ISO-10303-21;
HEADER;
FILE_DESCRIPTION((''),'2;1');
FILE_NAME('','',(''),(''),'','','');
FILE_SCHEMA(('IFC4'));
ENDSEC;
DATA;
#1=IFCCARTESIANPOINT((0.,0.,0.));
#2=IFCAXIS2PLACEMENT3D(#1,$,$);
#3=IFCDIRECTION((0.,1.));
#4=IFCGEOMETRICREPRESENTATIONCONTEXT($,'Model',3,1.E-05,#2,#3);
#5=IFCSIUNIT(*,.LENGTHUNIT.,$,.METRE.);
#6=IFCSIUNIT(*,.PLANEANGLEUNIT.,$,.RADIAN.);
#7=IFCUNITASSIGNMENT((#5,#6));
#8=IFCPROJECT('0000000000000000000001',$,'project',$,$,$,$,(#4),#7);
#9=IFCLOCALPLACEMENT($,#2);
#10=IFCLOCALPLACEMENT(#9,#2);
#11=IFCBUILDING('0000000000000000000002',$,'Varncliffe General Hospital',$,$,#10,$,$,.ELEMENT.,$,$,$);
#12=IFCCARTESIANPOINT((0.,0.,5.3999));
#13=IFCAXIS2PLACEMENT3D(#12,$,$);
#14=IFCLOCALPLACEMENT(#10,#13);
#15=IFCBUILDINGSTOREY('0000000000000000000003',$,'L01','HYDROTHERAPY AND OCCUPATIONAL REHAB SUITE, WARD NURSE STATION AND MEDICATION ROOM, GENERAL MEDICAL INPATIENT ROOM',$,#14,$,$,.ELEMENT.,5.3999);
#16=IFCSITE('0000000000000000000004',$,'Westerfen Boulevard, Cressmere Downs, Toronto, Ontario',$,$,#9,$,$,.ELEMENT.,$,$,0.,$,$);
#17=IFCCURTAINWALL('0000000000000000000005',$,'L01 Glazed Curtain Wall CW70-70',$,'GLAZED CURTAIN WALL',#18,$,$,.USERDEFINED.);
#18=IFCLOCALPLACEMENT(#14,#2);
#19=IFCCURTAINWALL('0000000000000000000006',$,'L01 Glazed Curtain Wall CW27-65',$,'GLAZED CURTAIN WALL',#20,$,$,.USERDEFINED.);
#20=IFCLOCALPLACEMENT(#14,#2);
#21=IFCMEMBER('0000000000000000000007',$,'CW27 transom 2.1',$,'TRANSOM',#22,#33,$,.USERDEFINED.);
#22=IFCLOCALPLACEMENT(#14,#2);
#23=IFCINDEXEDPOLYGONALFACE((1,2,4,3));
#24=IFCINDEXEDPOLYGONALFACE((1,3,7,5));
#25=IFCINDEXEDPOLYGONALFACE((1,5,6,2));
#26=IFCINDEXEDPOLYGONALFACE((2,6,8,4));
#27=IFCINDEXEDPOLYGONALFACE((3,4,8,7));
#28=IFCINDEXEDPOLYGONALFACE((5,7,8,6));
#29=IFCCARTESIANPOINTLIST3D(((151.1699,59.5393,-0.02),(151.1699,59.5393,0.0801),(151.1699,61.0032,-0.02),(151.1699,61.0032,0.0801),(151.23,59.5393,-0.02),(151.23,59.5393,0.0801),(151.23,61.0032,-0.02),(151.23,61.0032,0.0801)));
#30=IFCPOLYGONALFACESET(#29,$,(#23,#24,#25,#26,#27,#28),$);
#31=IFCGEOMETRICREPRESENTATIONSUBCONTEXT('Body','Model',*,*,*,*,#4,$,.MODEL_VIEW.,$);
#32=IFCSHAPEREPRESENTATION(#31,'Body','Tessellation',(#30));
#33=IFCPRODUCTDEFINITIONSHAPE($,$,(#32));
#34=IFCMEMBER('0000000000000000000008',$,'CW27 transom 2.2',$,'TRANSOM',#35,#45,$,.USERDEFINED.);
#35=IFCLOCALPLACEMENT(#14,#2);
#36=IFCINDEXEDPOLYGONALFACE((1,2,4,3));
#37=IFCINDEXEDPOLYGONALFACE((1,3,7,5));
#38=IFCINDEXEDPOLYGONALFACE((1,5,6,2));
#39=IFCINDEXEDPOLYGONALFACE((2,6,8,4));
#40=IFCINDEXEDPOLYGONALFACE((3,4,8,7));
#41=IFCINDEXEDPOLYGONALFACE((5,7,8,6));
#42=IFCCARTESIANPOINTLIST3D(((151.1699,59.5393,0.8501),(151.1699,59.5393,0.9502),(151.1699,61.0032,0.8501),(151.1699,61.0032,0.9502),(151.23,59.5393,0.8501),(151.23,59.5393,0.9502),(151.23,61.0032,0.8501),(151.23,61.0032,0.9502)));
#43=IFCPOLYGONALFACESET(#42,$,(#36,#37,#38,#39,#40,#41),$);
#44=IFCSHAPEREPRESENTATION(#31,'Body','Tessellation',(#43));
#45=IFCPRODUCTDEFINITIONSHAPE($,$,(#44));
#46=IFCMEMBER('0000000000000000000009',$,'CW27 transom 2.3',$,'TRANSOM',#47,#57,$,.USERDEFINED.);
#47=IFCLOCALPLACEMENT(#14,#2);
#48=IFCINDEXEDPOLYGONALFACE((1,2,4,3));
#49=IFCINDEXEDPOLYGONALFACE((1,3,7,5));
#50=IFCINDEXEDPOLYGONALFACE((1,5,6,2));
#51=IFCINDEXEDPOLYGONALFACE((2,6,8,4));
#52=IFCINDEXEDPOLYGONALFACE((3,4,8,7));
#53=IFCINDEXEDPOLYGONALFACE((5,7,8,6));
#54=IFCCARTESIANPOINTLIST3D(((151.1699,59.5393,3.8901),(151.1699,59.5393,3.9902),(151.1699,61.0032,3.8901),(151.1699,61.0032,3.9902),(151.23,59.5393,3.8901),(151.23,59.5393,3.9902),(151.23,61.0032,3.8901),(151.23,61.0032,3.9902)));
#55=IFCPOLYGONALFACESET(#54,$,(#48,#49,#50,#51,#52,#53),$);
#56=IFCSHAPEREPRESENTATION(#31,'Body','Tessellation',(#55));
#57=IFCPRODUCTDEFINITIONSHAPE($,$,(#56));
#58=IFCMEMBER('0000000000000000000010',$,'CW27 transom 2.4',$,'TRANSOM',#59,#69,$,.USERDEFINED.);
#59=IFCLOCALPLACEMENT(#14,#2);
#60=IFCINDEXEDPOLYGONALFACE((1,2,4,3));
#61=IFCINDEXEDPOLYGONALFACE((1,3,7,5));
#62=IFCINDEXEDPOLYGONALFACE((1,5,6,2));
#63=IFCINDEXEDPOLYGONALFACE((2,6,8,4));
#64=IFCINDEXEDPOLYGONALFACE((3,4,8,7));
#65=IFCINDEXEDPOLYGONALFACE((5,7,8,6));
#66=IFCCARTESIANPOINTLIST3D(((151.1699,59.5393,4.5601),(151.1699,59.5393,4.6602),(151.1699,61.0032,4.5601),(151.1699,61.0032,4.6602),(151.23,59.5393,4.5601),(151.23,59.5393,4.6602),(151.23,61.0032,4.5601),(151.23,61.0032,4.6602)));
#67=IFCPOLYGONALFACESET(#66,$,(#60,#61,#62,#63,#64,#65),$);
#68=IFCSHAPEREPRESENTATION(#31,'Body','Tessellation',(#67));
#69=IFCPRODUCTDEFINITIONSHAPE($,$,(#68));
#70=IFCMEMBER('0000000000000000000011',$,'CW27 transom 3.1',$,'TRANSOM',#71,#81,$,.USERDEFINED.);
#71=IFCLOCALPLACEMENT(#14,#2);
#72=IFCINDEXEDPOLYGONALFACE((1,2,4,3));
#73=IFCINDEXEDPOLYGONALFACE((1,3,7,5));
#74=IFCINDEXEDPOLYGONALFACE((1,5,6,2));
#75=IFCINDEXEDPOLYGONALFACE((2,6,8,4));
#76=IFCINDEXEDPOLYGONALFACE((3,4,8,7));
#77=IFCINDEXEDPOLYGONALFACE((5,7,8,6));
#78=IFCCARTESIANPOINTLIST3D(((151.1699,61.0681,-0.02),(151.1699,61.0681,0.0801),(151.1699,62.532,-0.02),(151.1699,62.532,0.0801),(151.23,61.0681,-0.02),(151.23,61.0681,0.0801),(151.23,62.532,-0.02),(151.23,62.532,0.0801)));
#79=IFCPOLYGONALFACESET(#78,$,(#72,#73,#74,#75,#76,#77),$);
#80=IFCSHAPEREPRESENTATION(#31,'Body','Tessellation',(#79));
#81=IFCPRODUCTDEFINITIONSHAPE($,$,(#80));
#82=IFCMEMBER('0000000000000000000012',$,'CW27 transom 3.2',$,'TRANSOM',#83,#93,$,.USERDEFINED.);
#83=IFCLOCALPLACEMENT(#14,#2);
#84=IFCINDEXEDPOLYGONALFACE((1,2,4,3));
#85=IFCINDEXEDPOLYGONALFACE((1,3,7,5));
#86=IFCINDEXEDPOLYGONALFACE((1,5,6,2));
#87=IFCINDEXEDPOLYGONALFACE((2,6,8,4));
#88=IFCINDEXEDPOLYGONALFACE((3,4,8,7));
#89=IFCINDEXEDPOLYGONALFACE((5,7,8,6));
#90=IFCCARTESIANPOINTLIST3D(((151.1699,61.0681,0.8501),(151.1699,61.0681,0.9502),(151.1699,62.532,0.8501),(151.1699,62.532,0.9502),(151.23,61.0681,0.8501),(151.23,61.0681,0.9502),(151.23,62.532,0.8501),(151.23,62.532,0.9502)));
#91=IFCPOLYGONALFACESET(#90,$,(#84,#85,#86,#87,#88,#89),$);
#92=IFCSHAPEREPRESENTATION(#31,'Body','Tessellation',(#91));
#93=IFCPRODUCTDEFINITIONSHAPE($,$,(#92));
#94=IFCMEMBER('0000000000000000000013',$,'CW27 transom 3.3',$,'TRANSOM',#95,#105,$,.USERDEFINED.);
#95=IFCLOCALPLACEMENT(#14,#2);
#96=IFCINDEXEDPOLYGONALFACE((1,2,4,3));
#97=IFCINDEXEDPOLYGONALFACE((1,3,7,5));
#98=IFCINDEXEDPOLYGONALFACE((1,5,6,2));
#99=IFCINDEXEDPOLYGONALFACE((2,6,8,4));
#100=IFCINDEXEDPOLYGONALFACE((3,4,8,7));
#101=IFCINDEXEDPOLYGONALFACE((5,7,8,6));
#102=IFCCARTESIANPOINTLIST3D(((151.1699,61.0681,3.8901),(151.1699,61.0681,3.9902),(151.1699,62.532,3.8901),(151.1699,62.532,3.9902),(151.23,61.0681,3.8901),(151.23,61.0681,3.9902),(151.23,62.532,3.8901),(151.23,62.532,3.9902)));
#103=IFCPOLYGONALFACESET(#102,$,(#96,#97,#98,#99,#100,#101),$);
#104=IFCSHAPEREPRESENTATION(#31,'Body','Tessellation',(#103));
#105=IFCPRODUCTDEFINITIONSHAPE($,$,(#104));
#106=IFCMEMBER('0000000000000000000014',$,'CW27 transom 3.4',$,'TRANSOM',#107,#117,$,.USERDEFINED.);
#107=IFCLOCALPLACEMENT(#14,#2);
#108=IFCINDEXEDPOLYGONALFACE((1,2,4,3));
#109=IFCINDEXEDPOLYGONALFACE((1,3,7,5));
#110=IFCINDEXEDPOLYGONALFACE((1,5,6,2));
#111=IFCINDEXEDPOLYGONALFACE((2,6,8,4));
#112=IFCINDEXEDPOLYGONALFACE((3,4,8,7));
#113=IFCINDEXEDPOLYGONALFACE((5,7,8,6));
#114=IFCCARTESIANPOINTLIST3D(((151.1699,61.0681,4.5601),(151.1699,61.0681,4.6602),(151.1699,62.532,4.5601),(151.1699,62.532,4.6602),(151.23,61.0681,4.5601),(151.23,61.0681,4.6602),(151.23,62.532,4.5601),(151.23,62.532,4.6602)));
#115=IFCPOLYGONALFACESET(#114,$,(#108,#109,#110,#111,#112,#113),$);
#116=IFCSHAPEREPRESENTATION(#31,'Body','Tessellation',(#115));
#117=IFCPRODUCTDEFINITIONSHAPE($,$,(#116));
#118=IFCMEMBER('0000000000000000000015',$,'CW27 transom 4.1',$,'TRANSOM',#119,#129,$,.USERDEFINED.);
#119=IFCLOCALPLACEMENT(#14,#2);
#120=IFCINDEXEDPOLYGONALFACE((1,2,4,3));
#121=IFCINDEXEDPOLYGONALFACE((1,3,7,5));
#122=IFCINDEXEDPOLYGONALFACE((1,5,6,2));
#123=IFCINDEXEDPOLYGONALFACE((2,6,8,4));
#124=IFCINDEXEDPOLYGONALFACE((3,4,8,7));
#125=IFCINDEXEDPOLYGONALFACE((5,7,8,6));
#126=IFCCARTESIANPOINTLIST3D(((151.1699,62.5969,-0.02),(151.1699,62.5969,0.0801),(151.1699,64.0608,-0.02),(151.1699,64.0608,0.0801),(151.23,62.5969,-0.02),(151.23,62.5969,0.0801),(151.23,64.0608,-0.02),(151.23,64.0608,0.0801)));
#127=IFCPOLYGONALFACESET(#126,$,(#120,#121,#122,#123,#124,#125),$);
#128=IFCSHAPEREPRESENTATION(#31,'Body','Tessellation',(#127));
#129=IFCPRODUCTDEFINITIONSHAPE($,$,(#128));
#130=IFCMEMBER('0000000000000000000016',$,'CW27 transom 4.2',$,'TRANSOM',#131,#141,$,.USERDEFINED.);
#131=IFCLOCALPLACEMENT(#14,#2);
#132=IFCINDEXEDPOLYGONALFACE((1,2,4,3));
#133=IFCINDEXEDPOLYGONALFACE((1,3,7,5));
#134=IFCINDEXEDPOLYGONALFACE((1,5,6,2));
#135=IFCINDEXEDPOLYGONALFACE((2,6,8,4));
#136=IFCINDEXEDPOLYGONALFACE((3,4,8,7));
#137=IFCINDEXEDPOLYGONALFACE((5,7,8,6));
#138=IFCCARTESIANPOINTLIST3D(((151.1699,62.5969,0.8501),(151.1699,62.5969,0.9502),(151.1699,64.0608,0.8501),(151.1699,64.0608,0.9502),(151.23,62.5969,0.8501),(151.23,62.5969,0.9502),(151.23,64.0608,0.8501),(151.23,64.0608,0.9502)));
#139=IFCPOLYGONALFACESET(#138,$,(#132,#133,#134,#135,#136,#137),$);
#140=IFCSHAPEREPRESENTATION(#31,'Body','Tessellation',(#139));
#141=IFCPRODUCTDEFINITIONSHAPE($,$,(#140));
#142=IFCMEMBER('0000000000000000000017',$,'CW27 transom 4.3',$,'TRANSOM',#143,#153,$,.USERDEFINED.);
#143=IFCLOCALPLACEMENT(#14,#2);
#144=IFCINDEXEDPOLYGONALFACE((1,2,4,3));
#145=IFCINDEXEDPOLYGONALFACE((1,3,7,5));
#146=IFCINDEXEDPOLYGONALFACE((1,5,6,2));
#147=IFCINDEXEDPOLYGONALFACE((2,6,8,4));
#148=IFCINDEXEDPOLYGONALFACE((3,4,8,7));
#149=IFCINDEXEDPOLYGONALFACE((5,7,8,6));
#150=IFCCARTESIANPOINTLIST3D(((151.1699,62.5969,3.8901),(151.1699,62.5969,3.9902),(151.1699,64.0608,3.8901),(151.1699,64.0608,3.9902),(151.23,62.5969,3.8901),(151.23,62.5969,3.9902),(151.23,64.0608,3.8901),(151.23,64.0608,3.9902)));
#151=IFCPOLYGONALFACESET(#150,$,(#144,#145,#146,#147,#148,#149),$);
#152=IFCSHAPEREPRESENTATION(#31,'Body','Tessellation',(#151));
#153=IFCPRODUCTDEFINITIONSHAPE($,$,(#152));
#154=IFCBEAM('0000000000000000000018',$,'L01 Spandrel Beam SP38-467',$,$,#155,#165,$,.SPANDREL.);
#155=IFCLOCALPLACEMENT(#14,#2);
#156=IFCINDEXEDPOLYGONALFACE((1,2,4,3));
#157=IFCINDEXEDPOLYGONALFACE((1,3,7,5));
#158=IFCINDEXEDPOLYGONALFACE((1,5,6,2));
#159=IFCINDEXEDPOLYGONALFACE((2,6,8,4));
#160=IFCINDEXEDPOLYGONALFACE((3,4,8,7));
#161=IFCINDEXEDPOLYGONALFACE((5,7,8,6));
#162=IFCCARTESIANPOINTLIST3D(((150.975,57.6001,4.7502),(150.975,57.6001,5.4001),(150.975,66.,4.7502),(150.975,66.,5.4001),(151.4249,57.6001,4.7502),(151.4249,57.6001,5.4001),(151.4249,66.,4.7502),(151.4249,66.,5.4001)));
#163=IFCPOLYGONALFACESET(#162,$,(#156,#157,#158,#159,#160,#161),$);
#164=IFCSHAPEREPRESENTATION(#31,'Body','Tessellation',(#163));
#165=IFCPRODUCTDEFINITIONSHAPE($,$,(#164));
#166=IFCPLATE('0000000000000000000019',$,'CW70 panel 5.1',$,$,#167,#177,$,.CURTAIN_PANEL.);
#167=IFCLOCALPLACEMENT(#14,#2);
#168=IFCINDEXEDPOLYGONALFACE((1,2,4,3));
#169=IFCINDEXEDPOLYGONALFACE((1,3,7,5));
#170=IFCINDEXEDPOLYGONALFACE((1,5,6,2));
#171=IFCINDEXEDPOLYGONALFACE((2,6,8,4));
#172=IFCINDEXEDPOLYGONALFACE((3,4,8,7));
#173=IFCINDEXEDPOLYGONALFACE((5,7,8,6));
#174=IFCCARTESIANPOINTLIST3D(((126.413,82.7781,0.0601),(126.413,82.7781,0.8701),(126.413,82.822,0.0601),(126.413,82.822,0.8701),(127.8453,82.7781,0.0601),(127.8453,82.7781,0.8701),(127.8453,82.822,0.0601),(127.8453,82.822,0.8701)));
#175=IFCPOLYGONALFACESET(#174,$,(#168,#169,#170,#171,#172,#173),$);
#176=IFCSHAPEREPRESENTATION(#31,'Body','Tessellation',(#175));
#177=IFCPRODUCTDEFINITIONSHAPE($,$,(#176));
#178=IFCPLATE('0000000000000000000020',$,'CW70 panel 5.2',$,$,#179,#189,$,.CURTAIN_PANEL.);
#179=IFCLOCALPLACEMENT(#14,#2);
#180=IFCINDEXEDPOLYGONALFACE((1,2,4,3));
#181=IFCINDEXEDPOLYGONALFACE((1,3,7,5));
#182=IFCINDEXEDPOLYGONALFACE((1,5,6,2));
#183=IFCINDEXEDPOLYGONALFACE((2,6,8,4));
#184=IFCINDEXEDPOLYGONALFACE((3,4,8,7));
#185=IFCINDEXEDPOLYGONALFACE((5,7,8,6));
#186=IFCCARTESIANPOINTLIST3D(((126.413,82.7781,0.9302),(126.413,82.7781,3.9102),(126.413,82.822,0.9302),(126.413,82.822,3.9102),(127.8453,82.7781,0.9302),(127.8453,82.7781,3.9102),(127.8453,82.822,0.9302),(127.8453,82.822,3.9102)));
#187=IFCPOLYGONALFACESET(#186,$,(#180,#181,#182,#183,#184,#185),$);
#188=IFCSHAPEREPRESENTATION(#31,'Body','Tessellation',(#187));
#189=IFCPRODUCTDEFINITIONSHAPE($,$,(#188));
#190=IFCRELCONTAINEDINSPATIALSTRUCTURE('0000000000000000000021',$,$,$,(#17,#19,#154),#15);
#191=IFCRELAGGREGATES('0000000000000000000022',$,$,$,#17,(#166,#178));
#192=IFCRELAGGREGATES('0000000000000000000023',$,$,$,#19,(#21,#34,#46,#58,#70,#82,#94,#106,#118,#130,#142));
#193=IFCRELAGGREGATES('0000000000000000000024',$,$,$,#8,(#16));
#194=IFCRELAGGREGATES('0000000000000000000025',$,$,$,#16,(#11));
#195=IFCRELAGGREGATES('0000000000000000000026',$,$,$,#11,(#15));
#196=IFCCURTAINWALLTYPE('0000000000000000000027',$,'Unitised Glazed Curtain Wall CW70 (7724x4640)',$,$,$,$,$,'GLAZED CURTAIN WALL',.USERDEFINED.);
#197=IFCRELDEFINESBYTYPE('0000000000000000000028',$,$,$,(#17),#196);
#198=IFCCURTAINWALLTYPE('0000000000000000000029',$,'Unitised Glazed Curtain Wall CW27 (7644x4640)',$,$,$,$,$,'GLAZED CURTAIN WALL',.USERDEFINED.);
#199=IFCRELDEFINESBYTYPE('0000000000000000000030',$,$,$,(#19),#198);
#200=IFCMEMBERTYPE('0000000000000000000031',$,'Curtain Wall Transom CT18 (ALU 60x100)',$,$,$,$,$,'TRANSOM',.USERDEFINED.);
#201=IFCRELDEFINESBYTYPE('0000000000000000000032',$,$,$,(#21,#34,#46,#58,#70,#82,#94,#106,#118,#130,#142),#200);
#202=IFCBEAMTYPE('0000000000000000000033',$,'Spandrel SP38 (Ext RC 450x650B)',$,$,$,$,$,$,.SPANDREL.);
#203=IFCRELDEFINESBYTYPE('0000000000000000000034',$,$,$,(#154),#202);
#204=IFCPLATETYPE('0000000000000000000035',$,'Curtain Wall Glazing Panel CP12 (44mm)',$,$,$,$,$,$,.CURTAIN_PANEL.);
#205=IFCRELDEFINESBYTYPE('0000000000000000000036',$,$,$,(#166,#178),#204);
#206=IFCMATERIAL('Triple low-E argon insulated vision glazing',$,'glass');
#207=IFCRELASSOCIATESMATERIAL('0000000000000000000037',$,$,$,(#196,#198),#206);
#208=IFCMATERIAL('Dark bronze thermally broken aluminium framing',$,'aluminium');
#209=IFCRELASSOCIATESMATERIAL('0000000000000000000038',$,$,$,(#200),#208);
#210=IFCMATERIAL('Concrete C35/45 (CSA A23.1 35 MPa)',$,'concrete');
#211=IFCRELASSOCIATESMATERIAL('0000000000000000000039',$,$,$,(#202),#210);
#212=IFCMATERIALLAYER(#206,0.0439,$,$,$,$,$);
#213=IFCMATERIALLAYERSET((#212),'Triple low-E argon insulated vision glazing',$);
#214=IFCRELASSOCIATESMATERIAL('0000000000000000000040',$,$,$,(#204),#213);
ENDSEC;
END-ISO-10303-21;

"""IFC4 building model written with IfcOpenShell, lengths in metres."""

from ifc_helpers import new_model, si_unit, direction, frame, origin, origin_2d, place, context, subcontext, project, spatial, rectangle, extrude, material, layer, layer_set, material_profile, profile_set, type_object, element, aggregate, save


model = new_model("IFC4")

# Units and contexts
model_context = context("Model", 3, precision=1e-05, world=origin(), true_north=direction((0.0, 1.0)))
body_context = subcontext(model_context, "Body", "Model", "MODEL_VIEW")
ifc_project = project(units=[si_unit("LENGTHUNIT", "METRE"), si_unit("PLANEANGLEUNIT", "RADIAN")], contexts=[model_context])

# Site, building, storey
site_placement = place(None, origin())
site = spatial("IfcSite", under=ifc_project, at=site_placement, Name="Westerfen Boulevard, Cressmere Downs, Toronto, Ontario", CompositionType="ELEMENT", RefElevation=0.0)
building_placement = place(site_placement, origin())
building = spatial("IfcBuilding", under=site, at=building_placement, Name="Varncliffe General Hospital", CompositionType="ELEMENT")
storey_placement = place(building_placement, frame((0.0, 0.0, 5.3999)))
storey = spatial("IfcBuildingStorey", under=building, at=storey_placement, Name="L01", Description="HYDROTHERAPY AND OCCUPATIONAL REHAB SUITE, WARD NURSE STATION AND MEDICATION ROOM, GENERAL MEDICAL INPATIENT ROOM", CompositionType="ELEMENT", Elevation=5.3999)

# Shared definitions
ifc_material_1 = material(Name="Concrete C35/45 (CSA A23.1 35 MPa)", Category="concrete")

# Curtain wall
ifc_material_2 = material(Name="Triple low-E argon insulated vision glazing", Category="glass")
curtain_wall_type_1 = type_object("IfcCurtainWallType", Name="Unitised Glazed Curtain Wall CW70 (7724x4640)", ElementType="GLAZED CURTAIN WALL", PredefinedType="USERDEFINED", material=ifc_material_2)
curtain_wall_1_placement = place(storey_placement, origin())
curtain_wall_1 = element("IfcCurtainWall", 1, at=curtain_wall_1_placement, inside=storey, type_object=curtain_wall_type_1, Name="L01 Glazed Curtain Wall CW70-70", ObjectType="GLAZED CURTAIN WALL", PredefinedType="USERDEFINED")
ifc_material_3 = material(Name="Dark bronze thermally broken aluminium framing", Category="aluminium")

# Curtain wall
curtain_wall_type_2 = type_object("IfcCurtainWallType", Name="Unitised Glazed Curtain Wall CW27 (7644x4640)", ElementType="GLAZED CURTAIN WALL", PredefinedType="USERDEFINED", material=ifc_material_2)
curtain_wall_2_placement = place(storey_placement, origin())
curtain_wall_2 = element("IfcCurtainWall", 2, at=curtain_wall_2_placement, inside=storey, type_object=curtain_wall_type_2, Name="L01 Glazed Curtain Wall CW27-65", ObjectType="GLAZED CURTAIN WALL", PredefinedType="USERDEFINED")

# Members
ifc_material_profile_1 = material_profile(ifc_material_3, rectangle(XDim=0.0601, YDim=0.1001, at=origin_2d()), Name="ALU 60x100")
ifc_profile_set_1 = profile_set([ifc_material_profile_1], Name="Dark bronze thermally broken aluminium framing")
member_type_1 = type_object("IfcMemberType", Name="Curtain Wall Transom CT18 (ALU 60x100)", ElementType="TRANSOM", PredefinedType="USERDEFINED", material=ifc_profile_set_1)
member_1_placement = place(storey_placement, frame((151.2, 59.5393, 0.03), z_axis=(0.0, 1.0, 0.0), x_axis=(-1.0, 0.0, 0.0)))
member_1 = element("IfcMember", 3, at=member_1_placement, type_object=member_type_1, Name="CW27 transom 2.1", ObjectType="TRANSOM", PredefinedType="USERDEFINED", context=body_context, shape_type="SweptSolid", body=[
    extrude(rectangle(XDim=0.0601, YDim=0.1001, at=origin_2d()), origin(), (0.0, 0.0, 1.0), 1.4639),
])
member_2_placement = place(storey_placement, frame((151.2, 59.5393, 0.9001), z_axis=(0.0, 1.0, 0.0), x_axis=(-1.0, 0.0, 0.0)))
member_2 = element("IfcMember", 4, at=member_2_placement, type_object=member_type_1, Name="CW27 transom 2.2", ObjectType="TRANSOM", PredefinedType="USERDEFINED", context=body_context, shape_type="SweptSolid", body=[
    extrude(rectangle(XDim=0.0601, YDim=0.1001, at=origin_2d()), origin(), (0.0, 0.0, 1.0), 1.4639),
])
member_3_placement = place(storey_placement, frame((151.2, 59.5393, 3.9402), z_axis=(0.0, 1.0, 0.0), x_axis=(-1.0, 0.0, 0.0)))
member_3 = element("IfcMember", 5, at=member_3_placement, type_object=member_type_1, Name="CW27 transom 2.3", ObjectType="TRANSOM", PredefinedType="USERDEFINED", context=body_context, shape_type="SweptSolid", body=[
    extrude(rectangle(XDim=0.0601, YDim=0.1001, at=origin_2d()), origin(), (0.0, 0.0, 1.0), 1.4639),
])
member_4_placement = place(storey_placement, frame((151.2, 59.5393, 4.6101), z_axis=(0.0, 1.0, 0.0), x_axis=(-1.0, 0.0, 0.0)))
member_4 = element("IfcMember", 6, at=member_4_placement, type_object=member_type_1, Name="CW27 transom 2.4", ObjectType="TRANSOM", PredefinedType="USERDEFINED", context=body_context, shape_type="SweptSolid", body=[
    extrude(rectangle(XDim=0.0601, YDim=0.1001, at=origin_2d()), origin(), (0.0, 0.0, 1.0), 1.4639),
])
member_5_placement = place(storey_placement, frame((151.2, 61.0681, 0.03), z_axis=(0.0, 1.0, 0.0), x_axis=(-1.0, 0.0, 0.0)))
member_5 = element("IfcMember", 7, at=member_5_placement, type_object=member_type_1, Name="CW27 transom 3.1", ObjectType="TRANSOM", PredefinedType="USERDEFINED", context=body_context, shape_type="SweptSolid", body=[
    extrude(rectangle(XDim=0.0601, YDim=0.1001, at=origin_2d()), origin(), (0.0, 0.0, 1.0), 1.4639),
])
member_6_placement = place(storey_placement, frame((151.2, 61.0681, 0.9001), z_axis=(0.0, 1.0, 0.0), x_axis=(-1.0, 0.0, 0.0)))
member_6 = element("IfcMember", 8, at=member_6_placement, type_object=member_type_1, Name="CW27 transom 3.2", ObjectType="TRANSOM", PredefinedType="USERDEFINED", context=body_context, shape_type="SweptSolid", body=[
    extrude(rectangle(XDim=0.0601, YDim=0.1001, at=origin_2d()), origin(), (0.0, 0.0, 1.0), 1.4639),
])
member_7_placement = place(storey_placement, frame((151.2, 61.0681, 3.9402), z_axis=(0.0, 1.0, 0.0), x_axis=(-1.0, 0.0, 0.0)))
member_7 = element("IfcMember", 9, at=member_7_placement, type_object=member_type_1, Name="CW27 transom 3.3", ObjectType="TRANSOM", PredefinedType="USERDEFINED", context=body_context, shape_type="SweptSolid", body=[
    extrude(rectangle(XDim=0.0601, YDim=0.1001, at=origin_2d()), origin(), (0.0, 0.0, 1.0), 1.4639),
])
member_8_placement = place(storey_placement, frame((151.2, 61.0681, 4.6101), z_axis=(0.0, 1.0, 0.0), x_axis=(-1.0, 0.0, 0.0)))
member_8 = element("IfcMember", 10, at=member_8_placement, type_object=member_type_1, Name="CW27 transom 3.4", ObjectType="TRANSOM", PredefinedType="USERDEFINED", context=body_context, shape_type="SweptSolid", body=[
    extrude(rectangle(XDim=0.0601, YDim=0.1001, at=origin_2d()), origin(), (0.0, 0.0, 1.0), 1.4639),
])
member_9_placement = place(storey_placement, frame((151.2, 62.5969, 0.03), z_axis=(0.0, 1.0, 0.0), x_axis=(-1.0, 0.0, 0.0)))
member_9 = element("IfcMember", 11, at=member_9_placement, type_object=member_type_1, Name="CW27 transom 4.1", ObjectType="TRANSOM", PredefinedType="USERDEFINED", context=body_context, shape_type="SweptSolid", body=[
    extrude(rectangle(XDim=0.0601, YDim=0.1001, at=origin_2d()), origin(), (0.0, 0.0, 1.0), 1.4639),
])
member_10_placement = place(storey_placement, frame((151.2, 62.5969, 0.9001), z_axis=(0.0, 1.0, 0.0), x_axis=(-1.0, 0.0, 0.0)))
member_10 = element("IfcMember", 12, at=member_10_placement, type_object=member_type_1, Name="CW27 transom 4.2", ObjectType="TRANSOM", PredefinedType="USERDEFINED", context=body_context, shape_type="SweptSolid", body=[
    extrude(rectangle(XDim=0.0601, YDim=0.1001, at=origin_2d()), origin(), (0.0, 0.0, 1.0), 1.4639),
])
member_11_placement = place(storey_placement, frame((151.2, 62.5969, 3.9402), z_axis=(0.0, 1.0, 0.0), x_axis=(-1.0, 0.0, 0.0)))
member_11 = element("IfcMember", 13, at=member_11_placement, type_object=member_type_1, Name="CW27 transom 4.3", ObjectType="TRANSOM", PredefinedType="USERDEFINED", context=body_context, shape_type="SweptSolid", body=[
    extrude(rectangle(XDim=0.0601, YDim=0.1001, at=origin_2d()), origin(), (0.0, 0.0, 1.0), 1.4639),
])

# Beam
ifc_material_profile_2 = material_profile(ifc_material_1, rectangle(XDim=0.45, YDim=0.6499, at=origin_2d()), Name="RC 450x650")
ifc_profile_set_2 = profile_set([ifc_material_profile_2], Name="Concrete C35/45 (CSA A23.1 35 MPa)")
beam_type_1 = type_object("IfcBeamType", Name="Spandrel SP38 (Ext RC 450x650B)", PredefinedType="SPANDREL", material=ifc_profile_set_2)
beam_1_placement = place(storey_placement, frame((151.2, 57.6001, 5.0752), z_axis=(0.0, 1.0, 0.0), x_axis=(-1.0, 0.0, 0.0)))
element("IfcBeam", 14, at=beam_1_placement, inside=storey, type_object=beam_type_1, Name="L01 Spandrel Beam SP38-467", PredefinedType="SPANDREL", context=body_context, shape_type="SweptSolid", body=[
    extrude(rectangle(XDim=0.45, YDim=0.6499, at=origin_2d()), origin(), (0.0, 0.0, 1.0), 8.3999),
])

# Plates
ifc_layer_1 = layer(ifc_material_2, 0.0439)
ifc_layer_set_1 = layer_set([ifc_layer_1], Name="Triple low-E argon insulated vision glazing")
plate_type_1 = type_object("IfcPlateType", Name="Curtain Wall Glazing Panel CP12 (44mm)", PredefinedType="CURTAIN_PANEL", material=ifc_layer_set_1)
plate_1_placement = place(storey_placement, frame((127.1292, 82.8, 0.0601), z_axis=(0.0, 0.0, 1.0), x_axis=(-1.0, 0.0, 0.0)))
plate_1 = element("IfcPlate", 15, at=plate_1_placement, type_object=plate_type_1, Name="CW70 panel 5.1", PredefinedType="CURTAIN_PANEL", context=body_context, shape_type="SweptSolid", body=[
    extrude(rectangle(XDim=1.4324, YDim=0.0439, at=origin_2d()), origin(), (0.0, 0.0, 1.0), 0.8101),
])
plate_2_placement = place(storey_placement, frame((127.1292, 82.8, 0.9302), z_axis=(0.0, 0.0, 1.0), x_axis=(-1.0, 0.0, 0.0)))
plate_2 = element("IfcPlate", 16, at=plate_2_placement, type_object=plate_type_1, Name="CW70 panel 5.2", PredefinedType="CURTAIN_PANEL", context=body_context, shape_type="SweptSolid", body=[
    extrude(rectangle(XDim=1.4324, YDim=0.0439, at=origin_2d()), origin(), (0.0, 0.0, 1.0), 2.98),
])
aggregate(curtain_wall_1, [plate_1, plate_2])
aggregate(curtain_wall_2, [member_1, member_2, member_3, member_4, member_5, member_6, member_7, member_8, member_9, member_10, member_11])

save(model, "model.ifc")
